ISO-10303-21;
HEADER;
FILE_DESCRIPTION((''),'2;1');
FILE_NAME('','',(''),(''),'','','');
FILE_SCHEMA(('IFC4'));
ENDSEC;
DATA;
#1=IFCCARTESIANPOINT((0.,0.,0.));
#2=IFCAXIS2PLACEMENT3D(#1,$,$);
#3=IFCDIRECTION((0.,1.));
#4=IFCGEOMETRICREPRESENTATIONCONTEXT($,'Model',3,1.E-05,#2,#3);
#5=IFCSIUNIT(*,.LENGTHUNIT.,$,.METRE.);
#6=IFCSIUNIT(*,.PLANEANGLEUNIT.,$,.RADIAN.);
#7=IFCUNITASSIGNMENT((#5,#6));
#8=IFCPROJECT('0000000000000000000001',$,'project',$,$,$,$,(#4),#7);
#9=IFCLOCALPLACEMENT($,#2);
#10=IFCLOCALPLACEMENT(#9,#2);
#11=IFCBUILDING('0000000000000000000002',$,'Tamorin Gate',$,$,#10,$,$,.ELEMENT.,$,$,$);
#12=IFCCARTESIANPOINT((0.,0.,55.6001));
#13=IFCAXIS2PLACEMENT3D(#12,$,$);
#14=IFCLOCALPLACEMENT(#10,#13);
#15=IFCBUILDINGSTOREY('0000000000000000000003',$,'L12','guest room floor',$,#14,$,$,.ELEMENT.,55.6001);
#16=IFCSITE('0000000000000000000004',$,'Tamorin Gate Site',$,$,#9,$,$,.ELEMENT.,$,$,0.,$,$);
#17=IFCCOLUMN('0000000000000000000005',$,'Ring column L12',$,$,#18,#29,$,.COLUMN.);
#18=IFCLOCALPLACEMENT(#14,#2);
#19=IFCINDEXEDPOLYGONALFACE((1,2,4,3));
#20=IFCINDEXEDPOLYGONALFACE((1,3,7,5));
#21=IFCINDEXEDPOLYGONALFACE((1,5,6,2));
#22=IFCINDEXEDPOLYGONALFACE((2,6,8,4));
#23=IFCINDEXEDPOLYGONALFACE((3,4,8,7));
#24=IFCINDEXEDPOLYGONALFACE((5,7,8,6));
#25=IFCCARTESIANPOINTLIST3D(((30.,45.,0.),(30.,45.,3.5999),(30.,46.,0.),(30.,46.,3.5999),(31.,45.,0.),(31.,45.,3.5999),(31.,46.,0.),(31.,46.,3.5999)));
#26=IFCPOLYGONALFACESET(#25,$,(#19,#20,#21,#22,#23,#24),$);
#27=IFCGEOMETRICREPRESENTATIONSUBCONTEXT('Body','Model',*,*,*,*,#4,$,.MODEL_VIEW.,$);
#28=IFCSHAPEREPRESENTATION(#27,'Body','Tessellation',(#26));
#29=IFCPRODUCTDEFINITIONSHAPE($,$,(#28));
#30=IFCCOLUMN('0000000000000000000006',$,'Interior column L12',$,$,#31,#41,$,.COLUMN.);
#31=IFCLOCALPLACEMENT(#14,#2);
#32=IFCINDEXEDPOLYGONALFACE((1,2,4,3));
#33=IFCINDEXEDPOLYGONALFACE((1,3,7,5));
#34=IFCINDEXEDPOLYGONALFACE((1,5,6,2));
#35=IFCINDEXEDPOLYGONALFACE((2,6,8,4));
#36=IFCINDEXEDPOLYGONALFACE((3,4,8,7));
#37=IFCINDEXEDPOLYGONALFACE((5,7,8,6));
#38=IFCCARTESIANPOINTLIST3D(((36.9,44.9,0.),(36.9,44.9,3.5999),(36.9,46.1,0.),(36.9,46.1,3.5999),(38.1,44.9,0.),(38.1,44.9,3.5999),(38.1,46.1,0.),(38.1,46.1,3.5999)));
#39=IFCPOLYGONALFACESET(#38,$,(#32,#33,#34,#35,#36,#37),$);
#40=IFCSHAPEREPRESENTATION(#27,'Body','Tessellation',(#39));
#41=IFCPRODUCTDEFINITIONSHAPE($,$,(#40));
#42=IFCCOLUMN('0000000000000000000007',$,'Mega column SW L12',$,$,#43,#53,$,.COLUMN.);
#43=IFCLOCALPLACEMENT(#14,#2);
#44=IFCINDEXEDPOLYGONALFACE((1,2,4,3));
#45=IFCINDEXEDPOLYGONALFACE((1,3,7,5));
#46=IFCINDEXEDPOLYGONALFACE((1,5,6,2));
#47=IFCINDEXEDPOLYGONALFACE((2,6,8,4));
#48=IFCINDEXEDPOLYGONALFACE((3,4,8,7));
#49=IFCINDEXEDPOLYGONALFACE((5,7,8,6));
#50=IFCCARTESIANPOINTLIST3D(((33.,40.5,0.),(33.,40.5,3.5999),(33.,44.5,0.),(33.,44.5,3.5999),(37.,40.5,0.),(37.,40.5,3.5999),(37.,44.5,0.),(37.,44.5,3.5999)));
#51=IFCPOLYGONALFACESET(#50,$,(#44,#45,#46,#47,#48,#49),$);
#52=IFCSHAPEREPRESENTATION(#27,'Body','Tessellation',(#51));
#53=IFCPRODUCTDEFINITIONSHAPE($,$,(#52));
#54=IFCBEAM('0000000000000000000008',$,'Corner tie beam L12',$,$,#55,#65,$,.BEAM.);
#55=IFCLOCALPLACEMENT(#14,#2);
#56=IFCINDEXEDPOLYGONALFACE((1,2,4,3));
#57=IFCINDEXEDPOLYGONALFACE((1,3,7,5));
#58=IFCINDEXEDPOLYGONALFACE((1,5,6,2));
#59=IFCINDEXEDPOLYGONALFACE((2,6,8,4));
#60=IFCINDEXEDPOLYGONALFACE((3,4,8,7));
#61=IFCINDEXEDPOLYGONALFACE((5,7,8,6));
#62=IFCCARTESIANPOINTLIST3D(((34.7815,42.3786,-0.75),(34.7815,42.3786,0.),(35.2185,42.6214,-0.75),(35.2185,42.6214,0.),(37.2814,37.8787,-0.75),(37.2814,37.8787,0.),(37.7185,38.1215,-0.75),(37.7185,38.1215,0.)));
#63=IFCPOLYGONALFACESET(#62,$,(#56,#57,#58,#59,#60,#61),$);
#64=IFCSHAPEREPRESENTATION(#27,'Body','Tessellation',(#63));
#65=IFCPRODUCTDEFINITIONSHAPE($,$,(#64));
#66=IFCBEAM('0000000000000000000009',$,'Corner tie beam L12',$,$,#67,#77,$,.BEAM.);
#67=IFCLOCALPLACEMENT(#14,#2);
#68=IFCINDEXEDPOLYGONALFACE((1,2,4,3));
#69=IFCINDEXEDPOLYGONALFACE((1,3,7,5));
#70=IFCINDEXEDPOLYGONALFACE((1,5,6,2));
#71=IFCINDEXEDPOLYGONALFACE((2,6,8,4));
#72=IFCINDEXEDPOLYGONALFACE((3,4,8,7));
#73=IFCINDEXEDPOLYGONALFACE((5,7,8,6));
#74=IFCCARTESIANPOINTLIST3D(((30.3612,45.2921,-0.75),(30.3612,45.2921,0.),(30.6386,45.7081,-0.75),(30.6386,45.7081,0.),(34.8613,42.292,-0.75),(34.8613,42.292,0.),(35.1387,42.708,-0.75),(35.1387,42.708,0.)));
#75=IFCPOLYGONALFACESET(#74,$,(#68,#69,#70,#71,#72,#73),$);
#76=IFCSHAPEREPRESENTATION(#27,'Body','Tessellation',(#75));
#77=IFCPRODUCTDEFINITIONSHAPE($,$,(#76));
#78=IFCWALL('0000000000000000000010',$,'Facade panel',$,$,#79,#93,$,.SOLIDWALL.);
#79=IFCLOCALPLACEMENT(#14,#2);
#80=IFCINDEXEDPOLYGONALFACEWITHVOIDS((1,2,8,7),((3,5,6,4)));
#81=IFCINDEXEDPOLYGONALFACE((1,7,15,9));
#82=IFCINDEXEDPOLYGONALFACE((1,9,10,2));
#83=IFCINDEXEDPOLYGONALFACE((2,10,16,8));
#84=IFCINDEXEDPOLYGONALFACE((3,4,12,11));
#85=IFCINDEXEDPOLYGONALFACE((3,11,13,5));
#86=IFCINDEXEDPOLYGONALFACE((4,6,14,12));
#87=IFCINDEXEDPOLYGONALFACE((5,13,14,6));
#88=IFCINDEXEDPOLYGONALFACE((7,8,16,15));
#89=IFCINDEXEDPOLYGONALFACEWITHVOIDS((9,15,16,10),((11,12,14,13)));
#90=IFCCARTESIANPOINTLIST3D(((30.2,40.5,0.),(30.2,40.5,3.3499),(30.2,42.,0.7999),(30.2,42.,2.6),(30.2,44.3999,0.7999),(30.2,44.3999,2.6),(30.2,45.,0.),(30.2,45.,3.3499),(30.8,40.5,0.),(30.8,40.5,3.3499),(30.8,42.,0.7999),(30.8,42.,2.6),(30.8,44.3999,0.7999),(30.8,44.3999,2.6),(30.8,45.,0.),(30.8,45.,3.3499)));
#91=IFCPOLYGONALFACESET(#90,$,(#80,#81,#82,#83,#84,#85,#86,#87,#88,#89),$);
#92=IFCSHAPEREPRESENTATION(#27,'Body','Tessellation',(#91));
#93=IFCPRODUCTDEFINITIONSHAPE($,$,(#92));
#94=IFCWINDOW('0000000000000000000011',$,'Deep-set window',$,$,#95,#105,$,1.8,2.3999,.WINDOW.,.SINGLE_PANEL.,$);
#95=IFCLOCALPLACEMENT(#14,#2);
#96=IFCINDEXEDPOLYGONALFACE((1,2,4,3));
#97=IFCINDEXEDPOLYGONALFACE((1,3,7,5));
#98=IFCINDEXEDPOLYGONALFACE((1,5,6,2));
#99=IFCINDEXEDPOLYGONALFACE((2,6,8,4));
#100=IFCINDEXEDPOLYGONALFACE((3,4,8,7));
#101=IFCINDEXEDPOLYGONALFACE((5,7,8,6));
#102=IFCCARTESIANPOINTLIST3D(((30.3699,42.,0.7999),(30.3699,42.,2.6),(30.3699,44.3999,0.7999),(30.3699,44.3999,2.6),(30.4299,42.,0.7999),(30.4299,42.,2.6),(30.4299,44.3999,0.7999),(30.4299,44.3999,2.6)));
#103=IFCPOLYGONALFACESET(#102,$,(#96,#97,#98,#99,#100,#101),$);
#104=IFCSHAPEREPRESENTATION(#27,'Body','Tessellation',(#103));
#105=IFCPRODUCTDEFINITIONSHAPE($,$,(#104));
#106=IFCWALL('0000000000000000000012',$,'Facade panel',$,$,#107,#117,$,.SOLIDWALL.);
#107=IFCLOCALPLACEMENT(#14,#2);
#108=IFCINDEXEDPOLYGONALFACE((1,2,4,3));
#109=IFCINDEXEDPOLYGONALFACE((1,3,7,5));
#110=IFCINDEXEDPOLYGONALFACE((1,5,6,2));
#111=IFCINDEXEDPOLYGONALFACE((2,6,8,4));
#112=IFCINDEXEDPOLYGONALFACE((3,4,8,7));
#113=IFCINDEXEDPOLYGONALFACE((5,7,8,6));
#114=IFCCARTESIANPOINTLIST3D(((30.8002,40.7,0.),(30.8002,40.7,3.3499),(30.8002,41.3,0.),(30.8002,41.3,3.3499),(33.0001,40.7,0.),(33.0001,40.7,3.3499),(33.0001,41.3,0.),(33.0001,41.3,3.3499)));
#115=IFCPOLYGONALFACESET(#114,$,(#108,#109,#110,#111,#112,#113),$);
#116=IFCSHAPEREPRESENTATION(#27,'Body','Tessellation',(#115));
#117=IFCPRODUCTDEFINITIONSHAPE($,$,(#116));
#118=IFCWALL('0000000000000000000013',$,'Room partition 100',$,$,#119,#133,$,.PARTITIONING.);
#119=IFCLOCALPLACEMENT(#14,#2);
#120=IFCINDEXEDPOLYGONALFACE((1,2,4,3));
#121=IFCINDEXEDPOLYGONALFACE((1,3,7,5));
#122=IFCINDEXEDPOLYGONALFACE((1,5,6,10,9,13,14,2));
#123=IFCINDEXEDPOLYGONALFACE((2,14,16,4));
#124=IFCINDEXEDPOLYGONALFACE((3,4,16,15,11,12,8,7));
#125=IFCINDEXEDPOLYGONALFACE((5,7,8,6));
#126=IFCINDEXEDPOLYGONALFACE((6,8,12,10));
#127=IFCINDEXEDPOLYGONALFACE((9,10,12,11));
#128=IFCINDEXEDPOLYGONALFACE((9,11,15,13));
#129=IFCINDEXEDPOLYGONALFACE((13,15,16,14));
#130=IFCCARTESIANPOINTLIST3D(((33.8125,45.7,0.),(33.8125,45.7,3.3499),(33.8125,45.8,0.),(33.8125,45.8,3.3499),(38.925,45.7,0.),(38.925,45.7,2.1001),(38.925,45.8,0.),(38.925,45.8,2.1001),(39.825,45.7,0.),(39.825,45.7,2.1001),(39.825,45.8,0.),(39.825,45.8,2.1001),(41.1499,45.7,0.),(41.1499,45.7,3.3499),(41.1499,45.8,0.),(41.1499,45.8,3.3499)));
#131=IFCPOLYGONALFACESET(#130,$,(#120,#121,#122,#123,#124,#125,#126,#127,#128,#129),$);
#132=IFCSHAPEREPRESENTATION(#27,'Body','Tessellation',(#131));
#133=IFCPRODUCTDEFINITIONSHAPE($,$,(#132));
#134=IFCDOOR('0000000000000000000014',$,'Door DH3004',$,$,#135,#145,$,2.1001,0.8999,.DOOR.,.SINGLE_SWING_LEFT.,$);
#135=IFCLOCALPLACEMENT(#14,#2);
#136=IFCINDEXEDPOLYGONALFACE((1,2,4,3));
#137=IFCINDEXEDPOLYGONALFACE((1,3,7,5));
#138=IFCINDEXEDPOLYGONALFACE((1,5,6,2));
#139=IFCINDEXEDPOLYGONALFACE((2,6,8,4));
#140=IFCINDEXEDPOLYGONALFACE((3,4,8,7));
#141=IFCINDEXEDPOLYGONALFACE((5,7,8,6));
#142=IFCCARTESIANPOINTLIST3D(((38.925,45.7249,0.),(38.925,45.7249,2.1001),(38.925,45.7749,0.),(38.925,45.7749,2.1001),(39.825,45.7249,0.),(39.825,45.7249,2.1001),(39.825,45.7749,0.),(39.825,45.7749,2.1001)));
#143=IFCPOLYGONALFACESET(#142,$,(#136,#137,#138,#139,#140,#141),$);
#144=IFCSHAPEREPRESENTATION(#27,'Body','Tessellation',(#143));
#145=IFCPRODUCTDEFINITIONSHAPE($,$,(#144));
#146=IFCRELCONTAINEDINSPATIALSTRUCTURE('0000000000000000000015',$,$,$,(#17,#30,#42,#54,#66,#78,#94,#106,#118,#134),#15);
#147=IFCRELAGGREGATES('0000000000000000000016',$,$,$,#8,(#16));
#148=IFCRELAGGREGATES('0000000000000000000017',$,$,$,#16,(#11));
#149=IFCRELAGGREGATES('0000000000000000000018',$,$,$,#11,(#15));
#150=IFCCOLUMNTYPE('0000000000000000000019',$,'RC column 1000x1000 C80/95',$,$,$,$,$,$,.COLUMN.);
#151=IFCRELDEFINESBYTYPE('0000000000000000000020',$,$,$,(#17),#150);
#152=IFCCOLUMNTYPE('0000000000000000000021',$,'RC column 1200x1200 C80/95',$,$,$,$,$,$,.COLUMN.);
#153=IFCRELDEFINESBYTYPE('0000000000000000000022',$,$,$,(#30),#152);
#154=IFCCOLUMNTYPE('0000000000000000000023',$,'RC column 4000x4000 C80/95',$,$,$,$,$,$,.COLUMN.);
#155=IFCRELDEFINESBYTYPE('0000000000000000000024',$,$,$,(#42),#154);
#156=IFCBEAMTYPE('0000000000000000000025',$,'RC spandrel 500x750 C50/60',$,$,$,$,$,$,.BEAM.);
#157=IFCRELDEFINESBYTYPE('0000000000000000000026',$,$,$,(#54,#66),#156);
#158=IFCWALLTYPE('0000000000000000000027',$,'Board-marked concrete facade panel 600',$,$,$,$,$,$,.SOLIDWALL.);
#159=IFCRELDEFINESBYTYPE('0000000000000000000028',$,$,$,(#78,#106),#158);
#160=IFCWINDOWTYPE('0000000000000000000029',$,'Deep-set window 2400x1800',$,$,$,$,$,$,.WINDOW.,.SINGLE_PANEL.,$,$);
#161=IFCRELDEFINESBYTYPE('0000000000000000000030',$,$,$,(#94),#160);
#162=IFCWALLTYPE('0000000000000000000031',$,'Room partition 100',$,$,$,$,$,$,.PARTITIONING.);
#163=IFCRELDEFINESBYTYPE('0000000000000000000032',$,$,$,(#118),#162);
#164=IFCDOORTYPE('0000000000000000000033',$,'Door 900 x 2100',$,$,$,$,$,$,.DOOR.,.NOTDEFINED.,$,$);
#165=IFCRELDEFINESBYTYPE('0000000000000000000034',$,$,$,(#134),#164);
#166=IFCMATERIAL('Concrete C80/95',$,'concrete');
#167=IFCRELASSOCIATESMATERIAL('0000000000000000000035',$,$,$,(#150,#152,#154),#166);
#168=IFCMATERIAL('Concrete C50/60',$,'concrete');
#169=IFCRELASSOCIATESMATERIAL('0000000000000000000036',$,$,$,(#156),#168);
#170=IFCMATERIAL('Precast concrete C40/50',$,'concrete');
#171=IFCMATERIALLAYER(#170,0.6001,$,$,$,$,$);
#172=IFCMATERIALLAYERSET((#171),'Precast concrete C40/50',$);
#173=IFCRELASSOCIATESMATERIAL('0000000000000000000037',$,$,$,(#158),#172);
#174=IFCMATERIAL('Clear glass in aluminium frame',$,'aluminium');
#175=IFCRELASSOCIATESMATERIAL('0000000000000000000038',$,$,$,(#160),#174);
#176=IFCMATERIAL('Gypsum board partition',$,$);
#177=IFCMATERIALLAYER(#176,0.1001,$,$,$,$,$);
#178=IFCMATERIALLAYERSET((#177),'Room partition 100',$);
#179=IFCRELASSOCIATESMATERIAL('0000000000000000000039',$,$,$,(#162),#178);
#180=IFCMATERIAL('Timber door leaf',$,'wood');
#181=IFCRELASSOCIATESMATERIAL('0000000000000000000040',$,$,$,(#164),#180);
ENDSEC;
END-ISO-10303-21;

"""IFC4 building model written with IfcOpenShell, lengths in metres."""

from ifc_helpers import new_model, si_unit, direction, frame, frame_2d, origin, origin_2d, place, context, subcontext, project, spatial, rectangle, extrude, material, layer, layer_set, material_profile, profile_set, type_object, element, fill, save


model = new_model("IFC4")

# Units and contexts
model_context = context("Model", 3, precision=1e-05, world=origin(), true_north=direction((0.0, 1.0)))
body_context = subcontext(model_context, "Body", "Model", "MODEL_VIEW")
ifc_project = project(units=[si_unit("LENGTHUNIT", "METRE"), si_unit("PLANEANGLEUNIT", "RADIAN")], contexts=[model_context])

# Site, building, storey
site_placement = place(None, origin())
site = spatial("IfcSite", under=ifc_project, at=site_placement, Name="Tamorin Gate Site", CompositionType="ELEMENT", RefElevation=0.0)
building_placement = place(site_placement, origin())
building = spatial("IfcBuilding", under=site, at=building_placement, Name="Tamorin Gate", CompositionType="ELEMENT")
storey_placement = place(building_placement, frame((0.0, 0.0, 55.6001)))
storey = spatial("IfcBuildingStorey", under=building, at=storey_placement, Name="L12", Description="guest room floor", CompositionType="ELEMENT", Elevation=55.6001)

# Columns
ifc_material_1 = material(Name="Concrete C80/95", Category="concrete")
ifc_material_profile_1 = material_profile(ifc_material_1, rectangle(XDim=1.0, YDim=1.0, at=origin_2d()), Name="RC 1000x1000")
ifc_profile_set_1 = profile_set([ifc_material_profile_1], Name="Concrete C80/95")
column_type_1 = type_object("IfcColumnType", Name="RC column 1000x1000 C80/95", PredefinedType="COLUMN", material=ifc_profile_set_1)
column_1_placement = place(storey_placement, frame((30.5, 45.5, 0.0), z_axis=(0.0, 0.0, 1.0), x_axis=(1.0, 0.0, 0.0)))
element("IfcColumn", 1, at=column_1_placement, inside=storey, type_object=column_type_1, Name="Ring column L12", PredefinedType="COLUMN", context=body_context, shape_type="SweptSolid", body=[
    extrude(rectangle(XDim=1.0, YDim=1.0, at=origin_2d()), origin(), (0.0, 0.0, 1.0), 3.5999),
])
ifc_material_profile_2 = material_profile(ifc_material_1, rectangle(XDim=1.2, YDim=1.2, at=origin_2d()), Name="RC 1200x1200")
ifc_profile_set_2 = profile_set([ifc_material_profile_2], Name="Concrete C80/95")
column_type_2 = type_object("IfcColumnType", Name="RC column 1200x1200 C80/95", PredefinedType="COLUMN", material=ifc_profile_set_2)
column_2_placement = place(storey_placement, frame((37.5, 45.5, 0.0), z_axis=(0.0, 0.0, 1.0), x_axis=(1.0, 0.0, 0.0)))
element("IfcColumn", 2, at=column_2_placement, inside=storey, type_object=column_type_2, Name="Interior column L12", PredefinedType="COLUMN", context=body_context, shape_type="SweptSolid", body=[
    extrude(rectangle(XDim=1.2, YDim=1.2, at=origin_2d()), origin(), (0.0, 0.0, 1.0), 3.5999),
])
ifc_material_profile_3 = material_profile(ifc_material_1, rectangle(XDim=4.0, YDim=4.0, at=origin_2d()), Name="RC 4000x4000")
ifc_profile_set_3 = profile_set([ifc_material_profile_3], Name="Concrete C80/95")
column_type_3 = type_object("IfcColumnType", Name="RC column 4000x4000 C80/95", PredefinedType="COLUMN", material=ifc_profile_set_3)
column_3_placement = place(storey_placement, frame((35.0, 42.5, 0.0), z_axis=(0.0, 0.0, 1.0), x_axis=(1.0, 0.0, 0.0)))
element("IfcColumn", 3, at=column_3_placement, inside=storey, type_object=column_type_3, Name="Mega column SW L12", PredefinedType="COLUMN", context=body_context, shape_type="SweptSolid", body=[
    extrude(rectangle(XDim=4.0, YDim=4.0, at=origin_2d()), origin(), (0.0, 0.0, 1.0), 3.5999),
])

# Beams
ifc_material_2 = material(Name="Concrete C50/60", Category="concrete")
ifc_material_profile_4 = material_profile(ifc_material_2, rectangle(XDim=0.5, YDim=0.75, at=origin_2d()), Name="RC 500x750")
ifc_profile_set_4 = profile_set([ifc_material_profile_4], Name="Concrete C50/60")
beam_type = type_object("IfcBeamType", Name="RC spandrel 500x750 C50/60", PredefinedType="BEAM", material=ifc_profile_set_4)
beam_1_placement = place(storey_placement, frame((35.0, 42.5, -0.375), z_axis=(0.485643, -0.874157, 0.0), x_axis=(0.874157, 0.485643, 0.0)))
element("IfcBeam", 4, at=beam_1_placement, inside=storey, type_object=beam_type, Name="Corner tie beam L12", PredefinedType="BEAM", context=body_context, shape_type="SweptSolid", body=[
    extrude(rectangle(XDim=0.5, YDim=0.75, at=origin_2d()), origin(), (0.0, 0.0, 1.0), 5.1477),
])
beam_2_placement = place(storey_placement, frame((35.0, 42.5, -0.375), z_axis=(-0.83205, 0.5547, 0.0), x_axis=(-0.5547, -0.83205, 0.0)))
element("IfcBeam", 5, at=beam_2_placement, inside=storey, type_object=beam_type, Name="Corner tie beam L12", PredefinedType="BEAM", context=body_context, shape_type="SweptSolid", body=[
    extrude(rectangle(XDim=0.5, YDim=0.75, at=origin_2d()), origin(), (0.0, 0.0, 1.0), 5.4084),
])

# Wall, opening, window
ifc_material_3 = material(Name="Precast concrete C40/50", Category="concrete")
ifc_layer_1 = layer(ifc_material_3, 0.6001)
ifc_layer_set_1 = layer_set([ifc_layer_1], Name="Precast concrete C40/50")
wall_type_1 = type_object("IfcWallType", Name="Board-marked concrete facade panel 600", PredefinedType="SOLIDWALL", material=ifc_layer_set_1)
wall_1_placement = place(storey_placement, frame((30.5, 45.0, 0.0), z_axis=(0.0, 0.0, 1.0), x_axis=(0.0, -1.0, 0.0)))
wall_1 = element("IfcWall", 6, at=wall_1_placement, inside=storey, type_object=wall_type_1, Name="Facade panel", PredefinedType="SOLIDWALL", context=body_context, shape_type="SweptSolid", body=[
    extrude(rectangle(XDim=4.5, YDim=0.6001, at=frame_2d((2.25, 0.0))), origin(), (0.0, 0.0, 1.0), 3.3499),
])
opening_1_placement = place(wall_1_placement, frame((0.6001, 0.0, 0.8)))
opening_1 = element("IfcOpeningElement", 7, at=opening_1_placement, cuts=wall_1, PredefinedType="OPENING", context=body_context, shape_type="SweptSolid", body=[
    extrude(rectangle(XDim=2.3999, YDim=1.8, at=frame_2d((1.2, 0.8999))), frame((0.0, 0.3101, 0.0), z_axis=(0.0, -1.0, 0.0), x_axis=(1.0, 0.0, 0.0)), (0.0, 0.0, 1.0), 0.6201),
])
ifc_material_4 = material(Name="Clear glass in aluminium frame", Category="aluminium")
window_type = type_object("IfcWindowType", Name="Deep-set window 2400x1800", PartitioningType="SINGLE_PANEL", PredefinedType="WINDOW", material=ifc_material_4)
window_placement = place(opening_1_placement, origin())
window = element("IfcWindow", 8, at=window_placement, inside=storey, type_object=window_type, Name="Deep-set window", OverallHeight=1.8, OverallWidth=2.3999, PartitioningType="SINGLE_PANEL", PredefinedType="WINDOW", context=body_context, shape_type="SweptSolid", body=[
    extrude(rectangle(XDim=2.3999, YDim=1.8, at=frame_2d((1.2, 0.8999))), frame((0.0, -0.0701, 0.0), z_axis=(0.0, -1.0, 0.0), x_axis=(1.0, 0.0, 0.0)), (0.0, 0.0, 1.0), 0.0601),
])
fill(opening_1, window)

# Wall
wall_2_placement = place(storey_placement, frame((30.8, 41.0, 0.0), z_axis=(0.0, 0.0, 1.0), x_axis=(1.0, 0.0, 0.0)))
element("IfcWall", 9, at=wall_2_placement, inside=storey, type_object=wall_type_1, Name="Facade panel", PredefinedType="SOLIDWALL", context=body_context, shape_type="SweptSolid", body=[
    extrude(rectangle(XDim=2.2, YDim=0.6001, at=frame_2d((1.1001, 0.0))), origin(), (0.0, 0.0, 1.0), 3.3499),
])

# Wall, opening, door
ifc_material_5 = material(Name="Gypsum board partition")
ifc_layer_2 = layer(ifc_material_5, 0.1001)
ifc_layer_set_2 = layer_set([ifc_layer_2], Name="Room partition 100")
wall_type_2 = type_object("IfcWallType", Name="Room partition 100", PredefinedType="PARTITIONING", material=ifc_layer_set_2)
wall_3_placement = place(storey_placement, frame((33.8125, 45.75, 0.0), z_axis=(0.0, 0.0, 1.0), x_axis=(1.0, 0.0, 0.0)))
wall_3 = element("IfcWall", 10, at=wall_3_placement, inside=storey, type_object=wall_type_2, Name="Room partition 100", PredefinedType="PARTITIONING", context=body_context, shape_type="SweptSolid", body=[
    extrude(rectangle(XDim=7.3374, YDim=0.1001, at=frame_2d((3.6687, 0.0))), origin(), (0.0, 0.0, 1.0), 3.3499),
])
opening_2_placement = place(wall_3_placement, frame((5.1125, 0.0, 0.0)))
opening_2 = element("IfcOpeningElement", 11, at=opening_2_placement, cuts=wall_3, PredefinedType="OPENING", context=body_context, shape_type="SweptSolid", body=[
    extrude(rectangle(XDim=0.8999, YDim=2.1001, at=frame_2d((0.45, 1.05))), frame((0.0, 0.0601, 0.0), z_axis=(0.0, -1.0, 0.0), x_axis=(1.0, 0.0, 0.0)), (0.0, 0.0, 1.0), 0.1201),
])
ifc_material_6 = material(Name="Timber door leaf", Category="wood")
door_type = type_object("IfcDoorType", Name="Door 900 x 2100", OperationType="NOTDEFINED", PredefinedType="DOOR", material=ifc_material_6)
door_1_placement = place(opening_2_placement, origin())
door_1 = element("IfcDoor", 12, at=door_1_placement, inside=storey, type_object=door_type, Name="Door DH3004", OperationType="SINGLE_SWING_LEFT", OverallHeight=2.1001, OverallWidth=0.8999, PredefinedType="DOOR", context=body_context, shape_type="SweptSolid", body=[
    extrude(rectangle(XDim=0.8999, YDim=2.1001, at=frame_2d((0.45, 1.05))), frame((0.0, 0.0249, 0.0), z_axis=(0.0, -1.0, 0.0), x_axis=(1.0, 0.0, 0.0)), (0.0, 0.0, 1.0), 0.05),
])
fill(opening_2, door_1)

save(model, "model.ifc")
